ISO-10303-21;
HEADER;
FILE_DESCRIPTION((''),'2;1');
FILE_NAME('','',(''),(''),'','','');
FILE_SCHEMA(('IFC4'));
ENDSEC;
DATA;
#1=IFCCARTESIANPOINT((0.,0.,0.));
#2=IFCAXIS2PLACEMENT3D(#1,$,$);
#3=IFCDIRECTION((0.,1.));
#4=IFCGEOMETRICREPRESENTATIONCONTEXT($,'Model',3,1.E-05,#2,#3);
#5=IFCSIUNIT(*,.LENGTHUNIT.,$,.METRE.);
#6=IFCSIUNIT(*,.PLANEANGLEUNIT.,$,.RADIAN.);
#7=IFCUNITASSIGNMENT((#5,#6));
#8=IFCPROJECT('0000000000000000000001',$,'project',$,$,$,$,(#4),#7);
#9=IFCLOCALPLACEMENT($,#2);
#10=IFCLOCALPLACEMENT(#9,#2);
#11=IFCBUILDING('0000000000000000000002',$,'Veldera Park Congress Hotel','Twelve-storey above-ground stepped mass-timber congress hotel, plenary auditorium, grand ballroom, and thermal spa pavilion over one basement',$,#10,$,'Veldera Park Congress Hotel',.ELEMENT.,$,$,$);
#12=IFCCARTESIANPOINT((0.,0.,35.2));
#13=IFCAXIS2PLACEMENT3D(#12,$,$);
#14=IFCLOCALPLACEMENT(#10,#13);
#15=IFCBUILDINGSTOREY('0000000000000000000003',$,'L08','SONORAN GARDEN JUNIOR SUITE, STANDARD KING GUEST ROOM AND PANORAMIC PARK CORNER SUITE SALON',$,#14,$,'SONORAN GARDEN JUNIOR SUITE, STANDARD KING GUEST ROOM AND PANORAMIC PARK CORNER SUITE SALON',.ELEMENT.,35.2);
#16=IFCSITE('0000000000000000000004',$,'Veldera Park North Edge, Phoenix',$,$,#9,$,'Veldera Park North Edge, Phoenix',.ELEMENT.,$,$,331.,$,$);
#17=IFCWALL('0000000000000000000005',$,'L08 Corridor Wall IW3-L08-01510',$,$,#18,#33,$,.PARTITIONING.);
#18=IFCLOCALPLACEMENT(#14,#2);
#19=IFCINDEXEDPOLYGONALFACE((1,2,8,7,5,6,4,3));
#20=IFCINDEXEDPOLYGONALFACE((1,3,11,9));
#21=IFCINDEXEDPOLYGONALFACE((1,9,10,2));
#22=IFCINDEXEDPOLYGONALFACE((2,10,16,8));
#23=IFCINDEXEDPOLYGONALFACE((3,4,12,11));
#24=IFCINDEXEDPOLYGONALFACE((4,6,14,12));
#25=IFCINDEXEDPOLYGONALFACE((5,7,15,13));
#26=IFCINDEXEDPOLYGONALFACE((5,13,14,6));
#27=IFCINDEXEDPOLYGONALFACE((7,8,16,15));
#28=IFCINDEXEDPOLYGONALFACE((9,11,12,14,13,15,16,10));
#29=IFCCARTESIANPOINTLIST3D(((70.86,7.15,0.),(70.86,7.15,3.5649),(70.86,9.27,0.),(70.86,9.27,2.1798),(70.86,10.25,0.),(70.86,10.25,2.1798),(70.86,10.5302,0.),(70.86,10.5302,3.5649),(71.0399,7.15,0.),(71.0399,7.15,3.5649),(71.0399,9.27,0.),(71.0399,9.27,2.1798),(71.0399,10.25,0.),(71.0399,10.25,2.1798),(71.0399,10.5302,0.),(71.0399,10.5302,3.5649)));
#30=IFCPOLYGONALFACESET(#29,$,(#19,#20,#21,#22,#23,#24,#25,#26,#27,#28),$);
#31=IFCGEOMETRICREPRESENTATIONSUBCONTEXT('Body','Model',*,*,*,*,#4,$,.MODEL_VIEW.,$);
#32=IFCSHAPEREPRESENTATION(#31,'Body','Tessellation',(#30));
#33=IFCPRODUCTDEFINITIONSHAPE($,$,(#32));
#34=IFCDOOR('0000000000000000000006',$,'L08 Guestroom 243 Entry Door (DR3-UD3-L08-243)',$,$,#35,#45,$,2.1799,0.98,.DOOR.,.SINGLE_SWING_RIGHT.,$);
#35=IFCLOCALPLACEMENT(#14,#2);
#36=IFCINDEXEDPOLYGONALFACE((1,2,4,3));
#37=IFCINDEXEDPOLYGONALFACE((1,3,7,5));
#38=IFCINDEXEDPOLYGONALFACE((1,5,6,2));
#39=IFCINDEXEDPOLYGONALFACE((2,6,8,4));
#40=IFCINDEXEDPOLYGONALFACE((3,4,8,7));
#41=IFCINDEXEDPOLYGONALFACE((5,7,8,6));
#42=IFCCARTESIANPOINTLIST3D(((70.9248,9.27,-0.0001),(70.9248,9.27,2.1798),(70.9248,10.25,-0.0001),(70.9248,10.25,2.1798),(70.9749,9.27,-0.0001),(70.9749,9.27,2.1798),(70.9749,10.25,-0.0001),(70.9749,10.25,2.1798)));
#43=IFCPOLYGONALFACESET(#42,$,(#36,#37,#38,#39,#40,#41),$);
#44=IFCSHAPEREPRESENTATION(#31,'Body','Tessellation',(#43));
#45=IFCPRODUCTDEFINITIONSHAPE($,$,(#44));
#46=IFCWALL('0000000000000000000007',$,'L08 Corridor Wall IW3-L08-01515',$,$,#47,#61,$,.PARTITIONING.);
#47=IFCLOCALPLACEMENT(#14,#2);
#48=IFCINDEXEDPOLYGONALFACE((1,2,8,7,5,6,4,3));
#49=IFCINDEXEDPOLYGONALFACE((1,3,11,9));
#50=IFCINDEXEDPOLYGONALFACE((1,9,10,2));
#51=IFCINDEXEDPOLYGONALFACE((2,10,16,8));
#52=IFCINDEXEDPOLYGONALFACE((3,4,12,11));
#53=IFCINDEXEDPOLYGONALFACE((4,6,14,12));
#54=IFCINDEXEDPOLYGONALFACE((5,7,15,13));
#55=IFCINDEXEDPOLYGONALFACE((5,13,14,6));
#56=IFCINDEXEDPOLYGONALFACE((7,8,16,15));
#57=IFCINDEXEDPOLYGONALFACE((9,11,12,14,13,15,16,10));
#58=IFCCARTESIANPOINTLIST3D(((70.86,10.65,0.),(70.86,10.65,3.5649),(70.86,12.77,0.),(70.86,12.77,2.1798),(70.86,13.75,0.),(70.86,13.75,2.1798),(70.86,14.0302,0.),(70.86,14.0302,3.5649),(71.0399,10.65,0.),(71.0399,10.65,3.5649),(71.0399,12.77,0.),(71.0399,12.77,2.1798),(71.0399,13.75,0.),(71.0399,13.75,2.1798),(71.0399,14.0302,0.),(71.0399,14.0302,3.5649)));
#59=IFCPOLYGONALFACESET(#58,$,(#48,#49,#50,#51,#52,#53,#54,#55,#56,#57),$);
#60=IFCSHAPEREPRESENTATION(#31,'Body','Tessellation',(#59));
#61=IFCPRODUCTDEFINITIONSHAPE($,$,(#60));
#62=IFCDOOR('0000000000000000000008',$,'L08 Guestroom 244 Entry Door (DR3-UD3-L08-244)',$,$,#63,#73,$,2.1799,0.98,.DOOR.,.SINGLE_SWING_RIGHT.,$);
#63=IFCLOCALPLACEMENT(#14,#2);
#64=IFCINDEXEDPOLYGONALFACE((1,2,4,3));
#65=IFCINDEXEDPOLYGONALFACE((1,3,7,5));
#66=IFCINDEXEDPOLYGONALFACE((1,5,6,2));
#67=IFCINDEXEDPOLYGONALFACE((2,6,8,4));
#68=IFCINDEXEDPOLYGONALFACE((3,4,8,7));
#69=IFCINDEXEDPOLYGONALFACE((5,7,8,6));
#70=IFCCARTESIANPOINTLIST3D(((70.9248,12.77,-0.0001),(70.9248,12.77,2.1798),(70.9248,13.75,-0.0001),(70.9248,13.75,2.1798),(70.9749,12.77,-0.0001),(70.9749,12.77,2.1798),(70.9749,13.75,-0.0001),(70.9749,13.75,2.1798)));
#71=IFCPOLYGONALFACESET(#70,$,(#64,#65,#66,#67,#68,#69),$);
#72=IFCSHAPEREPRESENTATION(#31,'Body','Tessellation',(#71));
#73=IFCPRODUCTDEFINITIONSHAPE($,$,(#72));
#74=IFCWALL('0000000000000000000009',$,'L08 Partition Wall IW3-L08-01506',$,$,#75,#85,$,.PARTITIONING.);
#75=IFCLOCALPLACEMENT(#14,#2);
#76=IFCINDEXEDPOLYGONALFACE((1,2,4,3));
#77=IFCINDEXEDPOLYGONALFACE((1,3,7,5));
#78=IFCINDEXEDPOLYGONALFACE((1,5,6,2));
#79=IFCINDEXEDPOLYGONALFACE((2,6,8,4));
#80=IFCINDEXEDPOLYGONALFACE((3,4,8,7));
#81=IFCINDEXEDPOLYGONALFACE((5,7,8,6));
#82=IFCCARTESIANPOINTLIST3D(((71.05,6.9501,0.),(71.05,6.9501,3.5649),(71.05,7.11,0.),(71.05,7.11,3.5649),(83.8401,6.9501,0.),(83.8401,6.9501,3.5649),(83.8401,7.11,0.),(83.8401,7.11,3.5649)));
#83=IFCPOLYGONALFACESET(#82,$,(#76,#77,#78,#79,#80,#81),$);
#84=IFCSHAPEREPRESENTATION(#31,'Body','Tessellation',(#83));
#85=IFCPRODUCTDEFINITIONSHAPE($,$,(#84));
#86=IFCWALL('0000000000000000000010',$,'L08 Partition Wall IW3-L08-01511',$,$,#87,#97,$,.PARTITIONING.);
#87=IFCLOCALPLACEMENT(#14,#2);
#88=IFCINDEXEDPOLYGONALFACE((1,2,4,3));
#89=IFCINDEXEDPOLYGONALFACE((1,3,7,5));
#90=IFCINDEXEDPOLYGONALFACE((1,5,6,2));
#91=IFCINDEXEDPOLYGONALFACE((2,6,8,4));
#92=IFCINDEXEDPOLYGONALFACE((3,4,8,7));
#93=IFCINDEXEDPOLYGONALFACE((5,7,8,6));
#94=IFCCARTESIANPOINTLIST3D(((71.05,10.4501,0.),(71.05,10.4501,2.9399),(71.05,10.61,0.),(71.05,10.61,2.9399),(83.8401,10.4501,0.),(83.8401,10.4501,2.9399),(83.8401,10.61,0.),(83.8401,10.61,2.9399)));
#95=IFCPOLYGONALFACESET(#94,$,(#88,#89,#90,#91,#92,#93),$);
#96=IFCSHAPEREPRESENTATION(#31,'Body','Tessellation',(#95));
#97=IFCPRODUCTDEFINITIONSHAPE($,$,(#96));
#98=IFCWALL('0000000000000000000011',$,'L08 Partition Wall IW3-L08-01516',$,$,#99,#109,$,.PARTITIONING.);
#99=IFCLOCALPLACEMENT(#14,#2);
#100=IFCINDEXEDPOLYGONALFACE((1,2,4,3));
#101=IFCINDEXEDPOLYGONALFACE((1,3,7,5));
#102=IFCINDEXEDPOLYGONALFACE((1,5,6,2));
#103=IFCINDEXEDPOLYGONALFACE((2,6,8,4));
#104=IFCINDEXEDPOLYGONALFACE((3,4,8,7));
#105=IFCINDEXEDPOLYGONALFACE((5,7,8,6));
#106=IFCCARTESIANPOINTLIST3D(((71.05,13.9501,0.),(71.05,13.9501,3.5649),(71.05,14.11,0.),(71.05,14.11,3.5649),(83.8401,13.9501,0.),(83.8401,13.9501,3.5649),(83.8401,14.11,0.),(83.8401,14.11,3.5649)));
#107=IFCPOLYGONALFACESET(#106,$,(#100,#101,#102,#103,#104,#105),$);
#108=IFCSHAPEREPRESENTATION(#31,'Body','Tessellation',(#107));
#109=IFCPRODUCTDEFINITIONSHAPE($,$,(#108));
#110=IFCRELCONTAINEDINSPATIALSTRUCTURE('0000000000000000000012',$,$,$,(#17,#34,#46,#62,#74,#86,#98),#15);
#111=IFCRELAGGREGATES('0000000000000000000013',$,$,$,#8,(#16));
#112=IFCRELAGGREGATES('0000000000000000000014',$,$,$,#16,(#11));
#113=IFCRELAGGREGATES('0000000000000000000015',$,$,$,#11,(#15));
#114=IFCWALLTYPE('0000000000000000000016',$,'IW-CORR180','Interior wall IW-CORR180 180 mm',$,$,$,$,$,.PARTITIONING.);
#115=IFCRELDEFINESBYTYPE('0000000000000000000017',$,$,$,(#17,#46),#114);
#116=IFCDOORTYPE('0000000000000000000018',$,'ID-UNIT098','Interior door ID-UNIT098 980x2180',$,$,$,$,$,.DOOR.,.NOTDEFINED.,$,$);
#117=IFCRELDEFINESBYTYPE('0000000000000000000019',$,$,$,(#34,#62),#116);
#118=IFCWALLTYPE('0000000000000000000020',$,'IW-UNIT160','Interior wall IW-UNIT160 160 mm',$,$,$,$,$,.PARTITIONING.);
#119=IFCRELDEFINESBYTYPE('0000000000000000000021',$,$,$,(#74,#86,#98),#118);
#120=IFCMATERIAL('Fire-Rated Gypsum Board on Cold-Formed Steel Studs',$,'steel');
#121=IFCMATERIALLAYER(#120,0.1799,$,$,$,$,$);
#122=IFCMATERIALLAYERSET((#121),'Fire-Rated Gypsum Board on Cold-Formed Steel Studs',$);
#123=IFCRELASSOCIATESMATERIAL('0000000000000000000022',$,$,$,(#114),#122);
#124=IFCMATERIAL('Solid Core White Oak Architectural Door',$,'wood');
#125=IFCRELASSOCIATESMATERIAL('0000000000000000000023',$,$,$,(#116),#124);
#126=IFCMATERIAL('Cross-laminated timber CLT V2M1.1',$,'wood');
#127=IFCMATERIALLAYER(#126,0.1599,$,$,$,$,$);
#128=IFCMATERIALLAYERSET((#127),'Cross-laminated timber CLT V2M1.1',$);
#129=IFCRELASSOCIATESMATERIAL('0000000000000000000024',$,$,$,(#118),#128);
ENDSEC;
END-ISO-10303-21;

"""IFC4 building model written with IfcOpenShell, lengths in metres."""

from ifc_helpers import new_model, si_unit, direction, frame, frame_2d, origin, place, context, subcontext, project, spatial, rectangle, extrude, material, layer, layer_set, type_object, element, fill, save


model = new_model("IFC4")

# Units and contexts
model_context = context("Model", 3, precision=1e-05, world=origin(), true_north=direction((0.0, 1.0)))
body_context = subcontext(model_context, "Body", "Model", "MODEL_VIEW")
ifc_project = project(units=[si_unit("LENGTHUNIT", "METRE"), si_unit("PLANEANGLEUNIT", "RADIAN")], contexts=[model_context])

# Site, building, storey
site_placement = place(None, origin())
site = spatial("IfcSite", under=ifc_project, at=site_placement, Name="Veldera Park North Edge, Phoenix", LongName="Veldera Park North Edge, Phoenix", CompositionType="ELEMENT", RefElevation=331.0)
building_placement = place(site_placement, origin())
building = spatial("IfcBuilding", under=site, at=building_placement, Name="Veldera Park Congress Hotel", Description="Twelve-storey above-ground stepped mass-timber congress hotel, plenary auditorium, grand ballroom, and thermal spa pavilion over one basement", LongName="Veldera Park Congress Hotel", CompositionType="ELEMENT")
storey_placement = place(building_placement, frame((0.0, 0.0, 35.2)))
storey = spatial("IfcBuildingStorey", under=building, at=storey_placement, Name="L08", Description="SONORAN GARDEN JUNIOR SUITE, STANDARD KING GUEST ROOM AND PANORAMIC PARK CORNER SUITE SALON", LongName="SONORAN GARDEN JUNIOR SUITE, STANDARD KING GUEST ROOM AND PANORAMIC PARK CORNER SUITE SALON", CompositionType="ELEMENT", Elevation=35.2)

# Walls, openings, doors
ifc_material_1 = material(Name="Fire-Rated Gypsum Board on Cold-Formed Steel Studs", Category="steel")
ifc_layer_1 = layer(ifc_material_1, 0.1799)
ifc_layer_set_1 = layer_set([ifc_layer_1], Name="Fire-Rated Gypsum Board on Cold-Formed Steel Studs")
wall_type_1 = type_object("IfcWallType", Name="IW-CORR180", Description="Interior wall IW-CORR180 180 mm", PredefinedType="PARTITIONING", material=ifc_layer_set_1)
ifc_material_2 = material(Name="Solid Core White Oak Architectural Door", Category="wood")
door_type = type_object("IfcDoorType", Name="ID-UNIT098", Description="Interior door ID-UNIT098 980x2180", OperationType="NOTDEFINED", PredefinedType="DOOR", material=ifc_material_2)
wall_1_placement = place(storey_placement, frame((70.95, 10.53, 0.0), z_axis=(0.0, 0.0, 1.0), x_axis=(0.0, -1.0, 0.0)))
wall_1 = element("IfcWall", 1, at=wall_1_placement, inside=storey, type_object=wall_type_1, Name="L08 Corridor Wall IW3-L08-01510", PredefinedType="PARTITIONING", context=body_context, shape_type="SweptSolid", body=[
    extrude(rectangle(XDim=3.3801, YDim=0.1799, at=frame_2d((1.6899, 0.0))), origin(), (0.0, 0.0, 1.0), 3.5649),
])
opening_1_placement = place(wall_1_placement, frame((0.28, 0.0, 0.0)))
opening_1 = element("IfcOpeningElement", 2, at=opening_1_placement, cuts=wall_1, PredefinedType="OPENING", context=body_context, shape_type="SweptSolid", body=[
    extrude(rectangle(XDim=0.98, YDim=2.1799, at=frame_2d((0.49, 1.0898))), frame((0.0, 0.1021, 0.0), z_axis=(0.0, -1.0, 0.0), x_axis=(1.0, 0.0, 0.0)), (0.0, 0.0, 1.0), 0.2039),
])
door_1_placement = place(opening_1_placement, origin())
door_1 = element("IfcDoor", 3, at=door_1_placement, inside=storey, type_object=door_type, Name="L08 Guestroom 243 Entry Door (DR3-UD3-L08-243)", OperationType="SINGLE_SWING_RIGHT", OverallHeight=2.1799, OverallWidth=0.98, PredefinedType="DOOR", context=body_context, shape_type="SweptSolid", body=[
    extrude(rectangle(XDim=0.98, YDim=2.1799, at=frame_2d((0.49, 1.0898))), frame((0.0, 0.0249, 0.0), z_axis=(0.0, -1.0, 0.0), x_axis=(1.0, 0.0, 0.0)), (0.0, 0.0, 1.0), 0.05),
])
fill(opening_1, door_1)
wall_2_placement = place(storey_placement, frame((70.95, 14.03, 0.0), z_axis=(0.0, 0.0, 1.0), x_axis=(0.0, -1.0, 0.0)))
wall_2 = element("IfcWall", 4, at=wall_2_placement, inside=storey, type_object=wall_type_1, Name="L08 Corridor Wall IW3-L08-01515", PredefinedType="PARTITIONING", context=body_context, shape_type="SweptSolid", body=[
    extrude(rectangle(XDim=3.3801, YDim=0.1799, at=frame_2d((1.6899, 0.0))), origin(), (0.0, 0.0, 1.0), 3.5649),
])
opening_2_placement = place(wall_2_placement, frame((0.28, 0.0, 0.0)))
opening_2 = element("IfcOpeningElement", 5, at=opening_2_placement, cuts=wall_2, PredefinedType="OPENING", context=body_context, shape_type="SweptSolid", body=[
    extrude(rectangle(XDim=0.98, YDim=2.1799, at=frame_2d((0.49, 1.0898))), frame((0.0, 0.1021, 0.0), z_axis=(0.0, -1.0, 0.0), x_axis=(1.0, 0.0, 0.0)), (0.0, 0.0, 1.0), 0.2039),
])
door_2_placement = place(opening_2_placement, origin())
door_2 = element("IfcDoor", 6, at=door_2_placement, inside=storey, type_object=door_type, Name="L08 Guestroom 244 Entry Door (DR3-UD3-L08-244)", OperationType="SINGLE_SWING_RIGHT", OverallHeight=2.1799, OverallWidth=0.98, PredefinedType="DOOR", context=body_context, shape_type="SweptSolid", body=[
    extrude(rectangle(XDim=0.98, YDim=2.1799, at=frame_2d((0.49, 1.0898))), frame((0.0, 0.0249, 0.0), z_axis=(0.0, -1.0, 0.0), x_axis=(1.0, 0.0, 0.0)), (0.0, 0.0, 1.0), 0.05),
])
fill(opening_2, door_2)

# Walls
ifc_material_3 = material(Name="Cross-laminated timber CLT V2M1.1", Category="wood")
ifc_layer_2 = layer(ifc_material_3, 0.1599)
ifc_layer_set_2 = layer_set([ifc_layer_2], Name="Cross-laminated timber CLT V2M1.1")
wall_type_2 = type_object("IfcWallType", Name="IW-UNIT160", Description="Interior wall IW-UNIT160 160 mm", PredefinedType="PARTITIONING", material=ifc_layer_set_2)
wall_3_placement = place(storey_placement, frame((71.05, 7.03, 0.0), z_axis=(0.0, 0.0, 1.0), x_axis=(1.0, 0.0, 0.0)))
element("IfcWall", 7, at=wall_3_placement, inside=storey, type_object=wall_type_2, Name="L08 Partition Wall IW3-L08-01506", PredefinedType="PARTITIONING", context=body_context, shape_type="SweptSolid", body=[
    extrude(rectangle(XDim=12.79, YDim=0.1599, at=frame_2d((6.395, 0.0))), origin(), (0.0, 0.0, 1.0), 3.5649),
])
wall_4_placement = place(storey_placement, frame((71.05, 10.53, 0.0), z_axis=(0.0, 0.0, 1.0), x_axis=(1.0, 0.0, 0.0)))
element("IfcWall", 8, at=wall_4_placement, inside=storey, type_object=wall_type_2, Name="L08 Partition Wall IW3-L08-01511", PredefinedType="PARTITIONING", context=body_context, shape_type="SweptSolid", body=[
    extrude(rectangle(XDim=12.79, YDim=0.1599, at=frame_2d((6.395, 0.0))), origin(), (0.0, 0.0, 1.0), 2.9399),
])
wall_5_placement = place(storey_placement, frame((71.05, 14.03, 0.0), z_axis=(0.0, 0.0, 1.0), x_axis=(1.0, 0.0, 0.0)))
element("IfcWall", 9, at=wall_5_placement, inside=storey, type_object=wall_type_2, Name="L08 Partition Wall IW3-L08-01516", PredefinedType="PARTITIONING", context=body_context, shape_type="SweptSolid", body=[
    extrude(rectangle(XDim=12.79, YDim=0.1599, at=frame_2d((6.395, 0.0))), origin(), (0.0, 0.0, 1.0), 3.5649),
])

save(model, "model.ifc")
